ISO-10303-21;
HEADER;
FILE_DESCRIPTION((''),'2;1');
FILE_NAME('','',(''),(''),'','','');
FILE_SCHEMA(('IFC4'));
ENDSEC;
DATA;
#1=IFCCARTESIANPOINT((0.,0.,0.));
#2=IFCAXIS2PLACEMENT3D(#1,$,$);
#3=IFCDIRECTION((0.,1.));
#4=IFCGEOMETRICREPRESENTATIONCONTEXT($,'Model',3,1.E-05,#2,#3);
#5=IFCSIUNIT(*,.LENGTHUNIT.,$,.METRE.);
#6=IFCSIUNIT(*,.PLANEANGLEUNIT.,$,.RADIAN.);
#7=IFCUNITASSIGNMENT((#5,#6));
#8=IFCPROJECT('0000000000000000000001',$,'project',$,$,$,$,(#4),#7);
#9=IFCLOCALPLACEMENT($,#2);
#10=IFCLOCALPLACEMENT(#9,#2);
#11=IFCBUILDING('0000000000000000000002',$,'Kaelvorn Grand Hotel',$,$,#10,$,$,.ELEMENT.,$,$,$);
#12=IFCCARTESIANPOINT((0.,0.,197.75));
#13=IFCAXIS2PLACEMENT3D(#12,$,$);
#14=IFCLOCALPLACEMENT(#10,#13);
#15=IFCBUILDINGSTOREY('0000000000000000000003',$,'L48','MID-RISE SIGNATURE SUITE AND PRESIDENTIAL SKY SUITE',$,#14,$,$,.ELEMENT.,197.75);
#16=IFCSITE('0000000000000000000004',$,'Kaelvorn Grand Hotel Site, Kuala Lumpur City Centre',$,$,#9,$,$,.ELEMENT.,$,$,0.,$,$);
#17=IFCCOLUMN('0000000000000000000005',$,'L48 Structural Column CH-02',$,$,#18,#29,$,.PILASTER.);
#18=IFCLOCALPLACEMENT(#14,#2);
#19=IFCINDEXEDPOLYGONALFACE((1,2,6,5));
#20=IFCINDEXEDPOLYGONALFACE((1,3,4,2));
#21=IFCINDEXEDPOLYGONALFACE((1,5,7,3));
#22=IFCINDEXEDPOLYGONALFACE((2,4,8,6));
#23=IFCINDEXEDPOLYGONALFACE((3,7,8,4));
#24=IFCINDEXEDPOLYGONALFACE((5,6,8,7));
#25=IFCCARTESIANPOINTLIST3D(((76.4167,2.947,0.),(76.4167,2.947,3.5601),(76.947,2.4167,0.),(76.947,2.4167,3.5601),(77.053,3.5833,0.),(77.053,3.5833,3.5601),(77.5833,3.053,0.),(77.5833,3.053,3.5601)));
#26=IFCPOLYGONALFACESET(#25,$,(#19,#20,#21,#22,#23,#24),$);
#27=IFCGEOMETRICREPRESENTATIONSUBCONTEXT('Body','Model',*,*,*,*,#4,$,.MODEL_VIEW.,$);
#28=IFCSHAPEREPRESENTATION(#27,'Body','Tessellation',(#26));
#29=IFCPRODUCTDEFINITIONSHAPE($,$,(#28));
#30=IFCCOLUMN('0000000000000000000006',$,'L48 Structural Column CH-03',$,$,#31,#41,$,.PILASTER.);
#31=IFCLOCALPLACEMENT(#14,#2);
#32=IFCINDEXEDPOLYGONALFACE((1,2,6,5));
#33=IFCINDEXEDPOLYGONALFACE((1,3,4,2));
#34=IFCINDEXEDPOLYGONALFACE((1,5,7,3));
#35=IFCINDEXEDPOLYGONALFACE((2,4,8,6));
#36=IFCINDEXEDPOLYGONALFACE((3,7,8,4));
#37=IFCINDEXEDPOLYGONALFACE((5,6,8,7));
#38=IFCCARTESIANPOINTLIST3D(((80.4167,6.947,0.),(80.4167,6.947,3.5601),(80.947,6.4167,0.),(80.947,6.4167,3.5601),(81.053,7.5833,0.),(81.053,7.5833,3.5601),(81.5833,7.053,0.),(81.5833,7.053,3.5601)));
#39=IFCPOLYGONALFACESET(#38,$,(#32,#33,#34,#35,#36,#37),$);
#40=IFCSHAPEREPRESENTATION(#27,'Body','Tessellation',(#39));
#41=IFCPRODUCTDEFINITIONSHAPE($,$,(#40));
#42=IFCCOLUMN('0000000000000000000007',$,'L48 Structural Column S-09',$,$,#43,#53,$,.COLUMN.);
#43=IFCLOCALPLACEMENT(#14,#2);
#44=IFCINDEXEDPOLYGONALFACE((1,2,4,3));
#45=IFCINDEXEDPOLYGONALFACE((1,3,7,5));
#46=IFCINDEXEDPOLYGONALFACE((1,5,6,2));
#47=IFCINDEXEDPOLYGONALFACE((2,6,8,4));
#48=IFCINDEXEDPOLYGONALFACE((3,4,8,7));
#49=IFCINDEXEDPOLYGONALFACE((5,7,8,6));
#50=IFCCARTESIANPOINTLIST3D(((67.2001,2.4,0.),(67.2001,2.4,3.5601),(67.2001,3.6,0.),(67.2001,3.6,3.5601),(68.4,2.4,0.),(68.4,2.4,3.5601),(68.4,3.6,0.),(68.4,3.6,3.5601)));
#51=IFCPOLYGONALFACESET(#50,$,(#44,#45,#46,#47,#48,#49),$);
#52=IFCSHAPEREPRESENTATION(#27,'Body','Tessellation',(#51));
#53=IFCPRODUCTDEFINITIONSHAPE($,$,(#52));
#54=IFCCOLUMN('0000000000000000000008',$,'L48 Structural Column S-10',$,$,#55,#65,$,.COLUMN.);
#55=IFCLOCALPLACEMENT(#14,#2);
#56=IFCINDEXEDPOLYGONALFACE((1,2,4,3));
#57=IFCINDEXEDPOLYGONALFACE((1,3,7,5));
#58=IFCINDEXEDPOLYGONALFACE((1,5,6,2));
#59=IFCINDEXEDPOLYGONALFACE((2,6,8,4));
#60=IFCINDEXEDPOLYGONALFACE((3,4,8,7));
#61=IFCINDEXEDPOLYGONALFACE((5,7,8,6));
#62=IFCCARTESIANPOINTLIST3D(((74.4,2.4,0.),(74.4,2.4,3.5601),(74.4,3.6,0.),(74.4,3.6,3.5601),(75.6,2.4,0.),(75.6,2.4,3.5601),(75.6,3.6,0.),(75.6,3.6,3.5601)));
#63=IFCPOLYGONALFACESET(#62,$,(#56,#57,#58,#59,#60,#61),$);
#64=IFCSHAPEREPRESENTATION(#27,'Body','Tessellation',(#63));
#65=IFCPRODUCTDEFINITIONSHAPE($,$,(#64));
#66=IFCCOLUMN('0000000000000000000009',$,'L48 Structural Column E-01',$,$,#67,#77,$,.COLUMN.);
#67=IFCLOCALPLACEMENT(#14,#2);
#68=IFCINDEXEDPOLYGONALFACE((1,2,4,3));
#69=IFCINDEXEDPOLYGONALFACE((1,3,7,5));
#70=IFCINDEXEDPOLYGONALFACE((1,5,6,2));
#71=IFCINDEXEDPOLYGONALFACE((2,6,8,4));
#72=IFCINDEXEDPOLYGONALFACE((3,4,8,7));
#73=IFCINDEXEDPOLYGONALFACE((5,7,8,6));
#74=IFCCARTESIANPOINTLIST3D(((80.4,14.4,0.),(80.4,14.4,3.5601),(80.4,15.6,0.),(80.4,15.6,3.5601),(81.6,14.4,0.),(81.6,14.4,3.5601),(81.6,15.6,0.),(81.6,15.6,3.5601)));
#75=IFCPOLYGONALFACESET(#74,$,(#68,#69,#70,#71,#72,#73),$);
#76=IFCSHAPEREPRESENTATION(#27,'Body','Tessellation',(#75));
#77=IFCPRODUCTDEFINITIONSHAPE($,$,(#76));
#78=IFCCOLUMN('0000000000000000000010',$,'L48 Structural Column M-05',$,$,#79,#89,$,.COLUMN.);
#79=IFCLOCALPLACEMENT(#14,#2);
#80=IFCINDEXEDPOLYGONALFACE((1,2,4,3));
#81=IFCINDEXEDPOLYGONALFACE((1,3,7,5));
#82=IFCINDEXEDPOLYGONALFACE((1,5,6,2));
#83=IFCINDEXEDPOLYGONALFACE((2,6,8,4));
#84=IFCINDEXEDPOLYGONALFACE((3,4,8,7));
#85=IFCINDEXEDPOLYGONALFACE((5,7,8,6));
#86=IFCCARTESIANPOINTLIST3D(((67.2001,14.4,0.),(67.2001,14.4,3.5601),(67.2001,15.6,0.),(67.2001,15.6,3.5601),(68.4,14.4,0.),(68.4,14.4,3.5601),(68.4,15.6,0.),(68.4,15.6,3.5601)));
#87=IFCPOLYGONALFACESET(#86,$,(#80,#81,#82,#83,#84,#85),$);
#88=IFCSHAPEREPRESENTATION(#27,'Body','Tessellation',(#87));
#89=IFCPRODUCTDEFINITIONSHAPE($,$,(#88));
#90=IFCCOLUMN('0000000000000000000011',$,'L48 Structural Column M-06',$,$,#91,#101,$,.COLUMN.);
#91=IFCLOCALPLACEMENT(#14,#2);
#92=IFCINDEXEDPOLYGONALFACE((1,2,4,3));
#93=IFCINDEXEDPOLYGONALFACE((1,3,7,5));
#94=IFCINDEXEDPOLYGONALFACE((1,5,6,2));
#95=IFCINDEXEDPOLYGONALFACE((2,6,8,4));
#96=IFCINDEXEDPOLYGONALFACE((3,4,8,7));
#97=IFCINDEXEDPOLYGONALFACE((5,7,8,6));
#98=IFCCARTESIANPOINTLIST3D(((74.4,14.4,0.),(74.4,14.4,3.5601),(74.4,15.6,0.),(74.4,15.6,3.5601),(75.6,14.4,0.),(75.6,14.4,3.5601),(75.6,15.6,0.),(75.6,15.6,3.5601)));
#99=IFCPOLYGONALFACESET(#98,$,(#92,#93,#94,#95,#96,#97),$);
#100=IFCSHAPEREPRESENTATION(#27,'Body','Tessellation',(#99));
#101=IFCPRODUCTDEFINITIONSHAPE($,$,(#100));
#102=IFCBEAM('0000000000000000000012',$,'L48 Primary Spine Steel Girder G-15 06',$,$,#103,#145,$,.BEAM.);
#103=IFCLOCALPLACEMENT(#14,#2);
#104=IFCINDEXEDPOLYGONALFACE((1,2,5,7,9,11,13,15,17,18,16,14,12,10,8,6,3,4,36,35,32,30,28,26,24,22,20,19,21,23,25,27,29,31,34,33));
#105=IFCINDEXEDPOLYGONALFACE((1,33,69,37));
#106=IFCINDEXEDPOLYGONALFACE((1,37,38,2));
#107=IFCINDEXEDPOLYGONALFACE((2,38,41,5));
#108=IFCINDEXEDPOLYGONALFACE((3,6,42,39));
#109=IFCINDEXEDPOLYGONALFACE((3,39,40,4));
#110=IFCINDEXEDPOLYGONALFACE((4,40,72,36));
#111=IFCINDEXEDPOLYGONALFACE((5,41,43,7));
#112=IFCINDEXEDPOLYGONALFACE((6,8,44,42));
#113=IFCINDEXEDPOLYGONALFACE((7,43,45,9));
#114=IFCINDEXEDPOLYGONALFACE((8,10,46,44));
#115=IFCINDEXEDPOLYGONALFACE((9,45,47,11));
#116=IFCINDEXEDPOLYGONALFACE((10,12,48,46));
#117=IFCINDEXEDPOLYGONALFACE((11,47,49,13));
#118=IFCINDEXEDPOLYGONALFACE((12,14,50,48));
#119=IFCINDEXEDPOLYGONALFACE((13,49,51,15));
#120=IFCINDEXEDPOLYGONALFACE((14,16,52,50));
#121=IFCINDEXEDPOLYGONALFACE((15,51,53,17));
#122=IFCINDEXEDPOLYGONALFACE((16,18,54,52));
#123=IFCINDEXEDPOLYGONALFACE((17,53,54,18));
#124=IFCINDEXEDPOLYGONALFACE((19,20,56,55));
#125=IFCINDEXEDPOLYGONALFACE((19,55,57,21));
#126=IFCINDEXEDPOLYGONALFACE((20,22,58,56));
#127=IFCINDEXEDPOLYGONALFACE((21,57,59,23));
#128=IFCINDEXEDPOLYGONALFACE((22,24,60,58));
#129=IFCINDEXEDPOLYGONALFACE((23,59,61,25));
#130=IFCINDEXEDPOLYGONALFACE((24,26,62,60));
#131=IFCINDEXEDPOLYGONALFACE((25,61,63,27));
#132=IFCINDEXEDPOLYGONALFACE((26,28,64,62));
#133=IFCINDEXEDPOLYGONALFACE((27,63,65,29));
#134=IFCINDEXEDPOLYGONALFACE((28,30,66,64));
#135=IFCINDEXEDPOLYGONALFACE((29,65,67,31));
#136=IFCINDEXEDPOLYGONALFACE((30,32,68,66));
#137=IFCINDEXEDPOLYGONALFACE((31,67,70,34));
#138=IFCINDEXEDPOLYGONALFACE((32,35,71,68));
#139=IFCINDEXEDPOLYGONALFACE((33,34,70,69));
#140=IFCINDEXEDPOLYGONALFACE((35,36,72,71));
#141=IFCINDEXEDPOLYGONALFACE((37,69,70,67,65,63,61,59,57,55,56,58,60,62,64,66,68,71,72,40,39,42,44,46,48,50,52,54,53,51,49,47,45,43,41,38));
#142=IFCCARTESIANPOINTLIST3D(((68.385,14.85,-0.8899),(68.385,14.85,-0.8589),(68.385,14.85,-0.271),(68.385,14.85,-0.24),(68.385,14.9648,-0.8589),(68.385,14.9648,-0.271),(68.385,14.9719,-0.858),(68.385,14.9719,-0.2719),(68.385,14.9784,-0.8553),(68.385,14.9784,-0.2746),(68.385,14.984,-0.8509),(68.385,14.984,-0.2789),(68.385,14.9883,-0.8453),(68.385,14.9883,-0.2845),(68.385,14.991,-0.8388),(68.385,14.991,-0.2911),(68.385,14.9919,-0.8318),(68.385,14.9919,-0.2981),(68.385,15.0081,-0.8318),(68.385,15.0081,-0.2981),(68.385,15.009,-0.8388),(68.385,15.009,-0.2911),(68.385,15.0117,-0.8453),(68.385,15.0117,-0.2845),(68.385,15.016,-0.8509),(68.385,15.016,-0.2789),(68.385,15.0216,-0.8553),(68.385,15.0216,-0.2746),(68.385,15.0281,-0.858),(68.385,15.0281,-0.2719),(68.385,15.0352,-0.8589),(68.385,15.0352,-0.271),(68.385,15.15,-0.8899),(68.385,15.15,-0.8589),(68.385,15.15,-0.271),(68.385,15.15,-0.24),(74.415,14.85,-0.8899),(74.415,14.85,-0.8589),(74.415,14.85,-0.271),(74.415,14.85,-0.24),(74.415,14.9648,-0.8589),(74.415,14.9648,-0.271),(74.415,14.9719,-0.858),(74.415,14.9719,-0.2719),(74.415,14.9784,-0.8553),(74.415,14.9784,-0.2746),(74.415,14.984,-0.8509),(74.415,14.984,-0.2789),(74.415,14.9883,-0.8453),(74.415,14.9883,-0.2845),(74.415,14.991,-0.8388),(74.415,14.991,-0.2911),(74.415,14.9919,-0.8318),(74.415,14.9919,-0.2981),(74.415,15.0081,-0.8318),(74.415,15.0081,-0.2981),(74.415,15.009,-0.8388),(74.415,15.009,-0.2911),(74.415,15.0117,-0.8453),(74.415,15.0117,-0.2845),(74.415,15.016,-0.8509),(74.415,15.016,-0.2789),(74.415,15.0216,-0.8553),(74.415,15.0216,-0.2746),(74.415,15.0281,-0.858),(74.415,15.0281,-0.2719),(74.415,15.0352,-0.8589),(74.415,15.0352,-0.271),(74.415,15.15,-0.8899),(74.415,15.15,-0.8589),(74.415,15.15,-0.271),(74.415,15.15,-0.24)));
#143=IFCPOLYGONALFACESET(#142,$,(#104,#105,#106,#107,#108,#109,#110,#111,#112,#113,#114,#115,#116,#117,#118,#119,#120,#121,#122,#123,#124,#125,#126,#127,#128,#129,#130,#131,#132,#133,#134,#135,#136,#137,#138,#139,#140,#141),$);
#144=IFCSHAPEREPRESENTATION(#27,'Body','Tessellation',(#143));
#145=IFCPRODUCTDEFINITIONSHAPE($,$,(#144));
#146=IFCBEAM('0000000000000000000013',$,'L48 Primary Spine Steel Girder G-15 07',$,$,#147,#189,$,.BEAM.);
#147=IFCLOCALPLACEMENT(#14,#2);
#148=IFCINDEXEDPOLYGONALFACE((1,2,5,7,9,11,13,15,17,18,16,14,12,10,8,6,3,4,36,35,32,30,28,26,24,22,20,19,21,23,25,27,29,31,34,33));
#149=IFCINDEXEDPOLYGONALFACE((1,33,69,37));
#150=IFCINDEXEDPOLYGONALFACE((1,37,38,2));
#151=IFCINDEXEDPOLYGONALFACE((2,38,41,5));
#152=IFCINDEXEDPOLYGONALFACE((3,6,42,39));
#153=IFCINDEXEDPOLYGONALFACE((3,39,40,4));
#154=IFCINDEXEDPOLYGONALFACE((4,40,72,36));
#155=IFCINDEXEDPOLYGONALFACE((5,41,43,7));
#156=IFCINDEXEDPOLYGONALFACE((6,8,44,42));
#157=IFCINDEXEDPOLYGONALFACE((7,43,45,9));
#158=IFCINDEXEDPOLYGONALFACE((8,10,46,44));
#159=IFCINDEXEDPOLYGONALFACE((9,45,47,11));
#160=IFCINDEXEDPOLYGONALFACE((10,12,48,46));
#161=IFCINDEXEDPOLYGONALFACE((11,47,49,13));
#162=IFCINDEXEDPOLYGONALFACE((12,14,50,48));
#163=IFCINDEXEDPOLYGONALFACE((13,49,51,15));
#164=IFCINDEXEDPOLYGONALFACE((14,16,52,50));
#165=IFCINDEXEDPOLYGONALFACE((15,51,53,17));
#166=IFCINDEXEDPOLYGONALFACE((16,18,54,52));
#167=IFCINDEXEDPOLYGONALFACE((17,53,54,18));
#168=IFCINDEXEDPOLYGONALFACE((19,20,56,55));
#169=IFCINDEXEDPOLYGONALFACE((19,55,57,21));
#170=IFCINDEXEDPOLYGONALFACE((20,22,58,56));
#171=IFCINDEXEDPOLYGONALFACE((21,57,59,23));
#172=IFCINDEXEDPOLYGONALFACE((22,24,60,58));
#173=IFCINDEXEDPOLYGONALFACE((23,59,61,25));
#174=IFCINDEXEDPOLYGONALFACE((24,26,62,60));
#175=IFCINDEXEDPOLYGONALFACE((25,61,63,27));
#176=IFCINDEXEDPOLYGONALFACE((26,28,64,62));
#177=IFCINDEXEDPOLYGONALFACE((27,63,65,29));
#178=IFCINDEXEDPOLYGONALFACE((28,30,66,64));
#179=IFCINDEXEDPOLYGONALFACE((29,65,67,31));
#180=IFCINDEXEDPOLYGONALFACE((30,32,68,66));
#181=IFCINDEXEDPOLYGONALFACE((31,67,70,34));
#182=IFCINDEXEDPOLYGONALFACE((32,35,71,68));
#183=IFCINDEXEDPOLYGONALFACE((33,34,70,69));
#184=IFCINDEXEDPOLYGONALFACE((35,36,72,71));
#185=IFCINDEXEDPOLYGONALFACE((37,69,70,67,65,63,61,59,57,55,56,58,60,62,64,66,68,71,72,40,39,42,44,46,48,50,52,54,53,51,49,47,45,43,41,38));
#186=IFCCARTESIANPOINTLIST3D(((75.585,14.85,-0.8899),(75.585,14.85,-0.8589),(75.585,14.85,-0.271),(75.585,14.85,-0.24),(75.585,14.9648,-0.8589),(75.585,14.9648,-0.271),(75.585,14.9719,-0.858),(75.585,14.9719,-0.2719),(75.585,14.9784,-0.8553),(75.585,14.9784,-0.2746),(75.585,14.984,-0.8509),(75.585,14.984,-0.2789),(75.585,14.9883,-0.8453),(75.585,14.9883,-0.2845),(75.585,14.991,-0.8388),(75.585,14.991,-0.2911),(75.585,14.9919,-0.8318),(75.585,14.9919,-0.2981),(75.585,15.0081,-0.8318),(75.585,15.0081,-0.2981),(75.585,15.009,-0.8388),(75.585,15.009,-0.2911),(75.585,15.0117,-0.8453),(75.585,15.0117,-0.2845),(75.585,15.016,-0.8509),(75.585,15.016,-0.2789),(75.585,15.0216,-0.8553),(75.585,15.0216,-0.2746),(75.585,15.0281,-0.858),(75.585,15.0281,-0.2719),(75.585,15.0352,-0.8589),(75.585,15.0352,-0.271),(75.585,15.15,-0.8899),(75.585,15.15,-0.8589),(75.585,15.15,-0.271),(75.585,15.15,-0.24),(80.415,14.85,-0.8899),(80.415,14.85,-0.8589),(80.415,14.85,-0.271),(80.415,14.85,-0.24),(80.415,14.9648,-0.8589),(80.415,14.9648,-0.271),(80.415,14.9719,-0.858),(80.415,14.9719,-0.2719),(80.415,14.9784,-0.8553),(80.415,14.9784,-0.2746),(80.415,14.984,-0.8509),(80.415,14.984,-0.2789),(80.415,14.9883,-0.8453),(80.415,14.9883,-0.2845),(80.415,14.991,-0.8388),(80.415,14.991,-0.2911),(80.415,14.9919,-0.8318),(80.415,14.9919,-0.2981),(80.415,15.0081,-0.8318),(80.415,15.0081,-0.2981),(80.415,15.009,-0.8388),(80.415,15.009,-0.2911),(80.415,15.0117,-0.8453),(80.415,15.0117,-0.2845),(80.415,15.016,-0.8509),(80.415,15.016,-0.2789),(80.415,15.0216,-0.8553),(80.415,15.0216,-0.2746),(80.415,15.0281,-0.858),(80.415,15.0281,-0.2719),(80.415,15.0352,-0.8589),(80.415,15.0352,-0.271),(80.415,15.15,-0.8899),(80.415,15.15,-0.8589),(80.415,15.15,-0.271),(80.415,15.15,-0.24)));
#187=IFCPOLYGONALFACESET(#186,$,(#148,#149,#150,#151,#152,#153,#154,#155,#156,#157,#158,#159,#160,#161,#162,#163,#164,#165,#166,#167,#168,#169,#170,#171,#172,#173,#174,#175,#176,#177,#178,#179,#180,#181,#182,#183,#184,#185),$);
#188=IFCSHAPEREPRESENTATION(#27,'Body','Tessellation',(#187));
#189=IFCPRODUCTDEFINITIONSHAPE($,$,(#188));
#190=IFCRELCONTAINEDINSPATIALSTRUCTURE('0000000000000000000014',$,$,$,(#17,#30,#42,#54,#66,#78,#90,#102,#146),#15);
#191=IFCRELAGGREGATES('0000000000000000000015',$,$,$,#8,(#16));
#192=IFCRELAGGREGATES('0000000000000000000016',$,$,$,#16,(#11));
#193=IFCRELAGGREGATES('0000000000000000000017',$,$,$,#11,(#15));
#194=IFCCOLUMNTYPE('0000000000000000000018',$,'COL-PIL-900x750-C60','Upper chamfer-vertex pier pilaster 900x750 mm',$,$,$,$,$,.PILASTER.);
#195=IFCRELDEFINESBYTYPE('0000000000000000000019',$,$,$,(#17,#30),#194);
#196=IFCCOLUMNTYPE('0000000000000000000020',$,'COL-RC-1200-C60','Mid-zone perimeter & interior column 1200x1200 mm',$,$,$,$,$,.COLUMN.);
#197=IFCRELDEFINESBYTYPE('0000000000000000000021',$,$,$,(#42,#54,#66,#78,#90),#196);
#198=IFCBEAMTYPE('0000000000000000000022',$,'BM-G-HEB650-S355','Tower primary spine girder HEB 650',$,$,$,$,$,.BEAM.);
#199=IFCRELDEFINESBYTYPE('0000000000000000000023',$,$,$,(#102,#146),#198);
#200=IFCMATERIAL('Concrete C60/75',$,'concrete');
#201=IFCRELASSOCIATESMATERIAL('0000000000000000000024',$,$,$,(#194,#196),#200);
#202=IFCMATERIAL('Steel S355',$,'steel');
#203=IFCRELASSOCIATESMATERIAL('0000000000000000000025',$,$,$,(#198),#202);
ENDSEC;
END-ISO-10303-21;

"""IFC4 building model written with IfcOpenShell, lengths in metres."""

from ifc_helpers import new_model, si_unit, direction, frame, origin, origin_2d, place, context, subcontext, project, spatial, rectangle, i_section, extrude, material, material_profile, profile_set, type_object, element, save


model = new_model("IFC4")

# Units and contexts
model_context = context("Model", 3, precision=1e-05, world=origin(), true_north=direction((0.0, 1.0)))
body_context = subcontext(model_context, "Body", "Model", "MODEL_VIEW")
ifc_project = project(units=[si_unit("LENGTHUNIT", "METRE"), si_unit("PLANEANGLEUNIT", "RADIAN")], contexts=[model_context])

# Site, building, storey
site_placement = place(None, origin())
site = spatial("IfcSite", under=ifc_project, at=site_placement, Name="Kaelvorn Grand Hotel Site, Kuala Lumpur City Centre", CompositionType="ELEMENT", RefElevation=0.0)
building_placement = place(site_placement, origin())
building = spatial("IfcBuilding", under=site, at=building_placement, Name="Kaelvorn Grand Hotel", CompositionType="ELEMENT")
storey_placement = place(building_placement, frame((0.0, 0.0, 197.75)))
storey = spatial("IfcBuildingStorey", under=building, at=storey_placement, Name="L48", Description="MID-RISE SIGNATURE SUITE AND PRESIDENTIAL SKY SUITE", CompositionType="ELEMENT", Elevation=197.75)

# Columns
ifc_material_1 = material(Name="Concrete C60/75", Category="concrete")
ifc_material_profile_1 = material_profile(ifc_material_1, rectangle(XDim=0.8999, YDim=0.75, at=origin_2d()), Name="RC PILASTER 900x750")
ifc_profile_set_1 = profile_set([ifc_material_profile_1], Name="Concrete C60/75")
column_type_1 = type_object("IfcColumnType", Name="COL-PIL-900x750-C60", Description="Upper chamfer-vertex pier pilaster 900x750 mm", PredefinedType="PILASTER", material=ifc_profile_set_1)
for number, where, z_axis, x_axis, name in (
    (1, (77.0, 3.0, 0.0), (0.0, 0.0, 1.0), (0.707107, 0.707107, 0.0), "L48 Structural Column CH-02"),
    (2, (81.0, 7.0, 0.0), (0.0, 0.0, 1.0), (0.707107, 0.707107, 0.0), "L48 Structural Column CH-03"),
):
    element("IfcColumn", number, at=place(storey_placement, frame(where, z_axis=z_axis, x_axis=x_axis)), inside=storey, type_object=column_type_1, Name=name, PredefinedType="PILASTER", context=body_context, shape_type="SweptSolid", body=[
        extrude(rectangle(XDim=0.8999, YDim=0.75, at=origin_2d()), origin(), (0.0, 0.0, 1.0), 3.5601),
    ])
ifc_material_profile_2 = material_profile(ifc_material_1, rectangle(XDim=1.2, YDim=1.2, at=origin_2d()), Name="RC COL 1200x1200")
ifc_profile_set_2 = profile_set([ifc_material_profile_2], Name="Concrete C60/75")
column_type_2 = type_object("IfcColumnType", Name="COL-RC-1200-C60", Description="Mid-zone perimeter & interior column 1200x1200 mm", PredefinedType="COLUMN", material=ifc_profile_set_2)
for number, where, z_axis, x_axis, name in (
    (3, (67.8, 3.0, 0.0), (0.0, 0.0, 1.0), (1.0, 0.0, 0.0), "L48 Structural Column S-09"),
    (4, (75.0, 3.0, 0.0), (0.0, 0.0, 1.0), (1.0, 0.0, 0.0), "L48 Structural Column S-10"),
    (5, (81.0, 15.0, 0.0), (0.0, 0.0, 1.0), (1.0, 0.0, 0.0), "L48 Structural Column E-01"),
    (6, (67.8, 15.0, 0.0), (0.0, 0.0, 1.0), (1.0, 0.0, 0.0), "L48 Structural Column M-05"),
    (7, (75.0, 15.0, 0.0), (0.0, 0.0, 1.0), (1.0, 0.0, 0.0), "L48 Structural Column M-06"),
):
    element("IfcColumn", number, at=place(storey_placement, frame(where, z_axis=z_axis, x_axis=x_axis)), inside=storey, type_object=column_type_2, Name=name, PredefinedType="COLUMN", context=body_context, shape_type="SweptSolid", body=[
        extrude(rectangle(XDim=1.2, YDim=1.2, at=origin_2d()), origin(), (0.0, 0.0, 1.0), 3.5601),
    ])

# Beams
ifc_material_2 = material(Name="Steel S355", Category="steel")
ifc_material_profile_3 = material_profile(ifc_material_2, i_section(OverallWidth=0.3, OverallDepth=0.6499, WebThickness=0.0161, FlangeThickness=0.031, FilletRadius=0.0271, at=origin_2d()), Name="HEB 650")
ifc_profile_set_3 = profile_set([ifc_material_profile_3], Name="Steel S355")
beam_type_1 = type_object("IfcBeamType", Name="BM-G-HEB650-S355", Description="Tower primary spine girder HEB 650", PredefinedType="BEAM", material=ifc_profile_set_3)
beam_1_placement = place(storey_placement, frame((68.385, 15.0, -0.5649), z_axis=(1.0, 0.0, 0.0), x_axis=(0.0, 1.0, 0.0)))
element("IfcBeam", 8, at=beam_1_placement, inside=storey, type_object=beam_type_1, Name="L48 Primary Spine Steel Girder G-15 06", PredefinedType="BEAM", context=body_context, shape_type="SweptSolid", body=[
    extrude(i_section(OverallWidth=0.3, OverallDepth=0.6499, WebThickness=0.0161, FlangeThickness=0.031, FilletRadius=0.0271, at=origin_2d()), origin(), (0.0, 0.0, 1.0), 6.03),
])
beam_2_placement = place(storey_placement, frame((75.585, 15.0, -0.5649), z_axis=(1.0, 0.0, 0.0), x_axis=(0.0, 1.0, 0.0)))
element("IfcBeam", 9, at=beam_2_placement, inside=storey, type_object=beam_type_1, Name="L48 Primary Spine Steel Girder G-15 07", PredefinedType="BEAM", context=body_context, shape_type="SweptSolid", body=[
    extrude(i_section(OverallWidth=0.3, OverallDepth=0.6499, WebThickness=0.0161, FlangeThickness=0.031, FilletRadius=0.0271, at=origin_2d()), origin(), (0.0, 0.0, 1.0), 4.8301),
])

save(model, "model.ifc")
